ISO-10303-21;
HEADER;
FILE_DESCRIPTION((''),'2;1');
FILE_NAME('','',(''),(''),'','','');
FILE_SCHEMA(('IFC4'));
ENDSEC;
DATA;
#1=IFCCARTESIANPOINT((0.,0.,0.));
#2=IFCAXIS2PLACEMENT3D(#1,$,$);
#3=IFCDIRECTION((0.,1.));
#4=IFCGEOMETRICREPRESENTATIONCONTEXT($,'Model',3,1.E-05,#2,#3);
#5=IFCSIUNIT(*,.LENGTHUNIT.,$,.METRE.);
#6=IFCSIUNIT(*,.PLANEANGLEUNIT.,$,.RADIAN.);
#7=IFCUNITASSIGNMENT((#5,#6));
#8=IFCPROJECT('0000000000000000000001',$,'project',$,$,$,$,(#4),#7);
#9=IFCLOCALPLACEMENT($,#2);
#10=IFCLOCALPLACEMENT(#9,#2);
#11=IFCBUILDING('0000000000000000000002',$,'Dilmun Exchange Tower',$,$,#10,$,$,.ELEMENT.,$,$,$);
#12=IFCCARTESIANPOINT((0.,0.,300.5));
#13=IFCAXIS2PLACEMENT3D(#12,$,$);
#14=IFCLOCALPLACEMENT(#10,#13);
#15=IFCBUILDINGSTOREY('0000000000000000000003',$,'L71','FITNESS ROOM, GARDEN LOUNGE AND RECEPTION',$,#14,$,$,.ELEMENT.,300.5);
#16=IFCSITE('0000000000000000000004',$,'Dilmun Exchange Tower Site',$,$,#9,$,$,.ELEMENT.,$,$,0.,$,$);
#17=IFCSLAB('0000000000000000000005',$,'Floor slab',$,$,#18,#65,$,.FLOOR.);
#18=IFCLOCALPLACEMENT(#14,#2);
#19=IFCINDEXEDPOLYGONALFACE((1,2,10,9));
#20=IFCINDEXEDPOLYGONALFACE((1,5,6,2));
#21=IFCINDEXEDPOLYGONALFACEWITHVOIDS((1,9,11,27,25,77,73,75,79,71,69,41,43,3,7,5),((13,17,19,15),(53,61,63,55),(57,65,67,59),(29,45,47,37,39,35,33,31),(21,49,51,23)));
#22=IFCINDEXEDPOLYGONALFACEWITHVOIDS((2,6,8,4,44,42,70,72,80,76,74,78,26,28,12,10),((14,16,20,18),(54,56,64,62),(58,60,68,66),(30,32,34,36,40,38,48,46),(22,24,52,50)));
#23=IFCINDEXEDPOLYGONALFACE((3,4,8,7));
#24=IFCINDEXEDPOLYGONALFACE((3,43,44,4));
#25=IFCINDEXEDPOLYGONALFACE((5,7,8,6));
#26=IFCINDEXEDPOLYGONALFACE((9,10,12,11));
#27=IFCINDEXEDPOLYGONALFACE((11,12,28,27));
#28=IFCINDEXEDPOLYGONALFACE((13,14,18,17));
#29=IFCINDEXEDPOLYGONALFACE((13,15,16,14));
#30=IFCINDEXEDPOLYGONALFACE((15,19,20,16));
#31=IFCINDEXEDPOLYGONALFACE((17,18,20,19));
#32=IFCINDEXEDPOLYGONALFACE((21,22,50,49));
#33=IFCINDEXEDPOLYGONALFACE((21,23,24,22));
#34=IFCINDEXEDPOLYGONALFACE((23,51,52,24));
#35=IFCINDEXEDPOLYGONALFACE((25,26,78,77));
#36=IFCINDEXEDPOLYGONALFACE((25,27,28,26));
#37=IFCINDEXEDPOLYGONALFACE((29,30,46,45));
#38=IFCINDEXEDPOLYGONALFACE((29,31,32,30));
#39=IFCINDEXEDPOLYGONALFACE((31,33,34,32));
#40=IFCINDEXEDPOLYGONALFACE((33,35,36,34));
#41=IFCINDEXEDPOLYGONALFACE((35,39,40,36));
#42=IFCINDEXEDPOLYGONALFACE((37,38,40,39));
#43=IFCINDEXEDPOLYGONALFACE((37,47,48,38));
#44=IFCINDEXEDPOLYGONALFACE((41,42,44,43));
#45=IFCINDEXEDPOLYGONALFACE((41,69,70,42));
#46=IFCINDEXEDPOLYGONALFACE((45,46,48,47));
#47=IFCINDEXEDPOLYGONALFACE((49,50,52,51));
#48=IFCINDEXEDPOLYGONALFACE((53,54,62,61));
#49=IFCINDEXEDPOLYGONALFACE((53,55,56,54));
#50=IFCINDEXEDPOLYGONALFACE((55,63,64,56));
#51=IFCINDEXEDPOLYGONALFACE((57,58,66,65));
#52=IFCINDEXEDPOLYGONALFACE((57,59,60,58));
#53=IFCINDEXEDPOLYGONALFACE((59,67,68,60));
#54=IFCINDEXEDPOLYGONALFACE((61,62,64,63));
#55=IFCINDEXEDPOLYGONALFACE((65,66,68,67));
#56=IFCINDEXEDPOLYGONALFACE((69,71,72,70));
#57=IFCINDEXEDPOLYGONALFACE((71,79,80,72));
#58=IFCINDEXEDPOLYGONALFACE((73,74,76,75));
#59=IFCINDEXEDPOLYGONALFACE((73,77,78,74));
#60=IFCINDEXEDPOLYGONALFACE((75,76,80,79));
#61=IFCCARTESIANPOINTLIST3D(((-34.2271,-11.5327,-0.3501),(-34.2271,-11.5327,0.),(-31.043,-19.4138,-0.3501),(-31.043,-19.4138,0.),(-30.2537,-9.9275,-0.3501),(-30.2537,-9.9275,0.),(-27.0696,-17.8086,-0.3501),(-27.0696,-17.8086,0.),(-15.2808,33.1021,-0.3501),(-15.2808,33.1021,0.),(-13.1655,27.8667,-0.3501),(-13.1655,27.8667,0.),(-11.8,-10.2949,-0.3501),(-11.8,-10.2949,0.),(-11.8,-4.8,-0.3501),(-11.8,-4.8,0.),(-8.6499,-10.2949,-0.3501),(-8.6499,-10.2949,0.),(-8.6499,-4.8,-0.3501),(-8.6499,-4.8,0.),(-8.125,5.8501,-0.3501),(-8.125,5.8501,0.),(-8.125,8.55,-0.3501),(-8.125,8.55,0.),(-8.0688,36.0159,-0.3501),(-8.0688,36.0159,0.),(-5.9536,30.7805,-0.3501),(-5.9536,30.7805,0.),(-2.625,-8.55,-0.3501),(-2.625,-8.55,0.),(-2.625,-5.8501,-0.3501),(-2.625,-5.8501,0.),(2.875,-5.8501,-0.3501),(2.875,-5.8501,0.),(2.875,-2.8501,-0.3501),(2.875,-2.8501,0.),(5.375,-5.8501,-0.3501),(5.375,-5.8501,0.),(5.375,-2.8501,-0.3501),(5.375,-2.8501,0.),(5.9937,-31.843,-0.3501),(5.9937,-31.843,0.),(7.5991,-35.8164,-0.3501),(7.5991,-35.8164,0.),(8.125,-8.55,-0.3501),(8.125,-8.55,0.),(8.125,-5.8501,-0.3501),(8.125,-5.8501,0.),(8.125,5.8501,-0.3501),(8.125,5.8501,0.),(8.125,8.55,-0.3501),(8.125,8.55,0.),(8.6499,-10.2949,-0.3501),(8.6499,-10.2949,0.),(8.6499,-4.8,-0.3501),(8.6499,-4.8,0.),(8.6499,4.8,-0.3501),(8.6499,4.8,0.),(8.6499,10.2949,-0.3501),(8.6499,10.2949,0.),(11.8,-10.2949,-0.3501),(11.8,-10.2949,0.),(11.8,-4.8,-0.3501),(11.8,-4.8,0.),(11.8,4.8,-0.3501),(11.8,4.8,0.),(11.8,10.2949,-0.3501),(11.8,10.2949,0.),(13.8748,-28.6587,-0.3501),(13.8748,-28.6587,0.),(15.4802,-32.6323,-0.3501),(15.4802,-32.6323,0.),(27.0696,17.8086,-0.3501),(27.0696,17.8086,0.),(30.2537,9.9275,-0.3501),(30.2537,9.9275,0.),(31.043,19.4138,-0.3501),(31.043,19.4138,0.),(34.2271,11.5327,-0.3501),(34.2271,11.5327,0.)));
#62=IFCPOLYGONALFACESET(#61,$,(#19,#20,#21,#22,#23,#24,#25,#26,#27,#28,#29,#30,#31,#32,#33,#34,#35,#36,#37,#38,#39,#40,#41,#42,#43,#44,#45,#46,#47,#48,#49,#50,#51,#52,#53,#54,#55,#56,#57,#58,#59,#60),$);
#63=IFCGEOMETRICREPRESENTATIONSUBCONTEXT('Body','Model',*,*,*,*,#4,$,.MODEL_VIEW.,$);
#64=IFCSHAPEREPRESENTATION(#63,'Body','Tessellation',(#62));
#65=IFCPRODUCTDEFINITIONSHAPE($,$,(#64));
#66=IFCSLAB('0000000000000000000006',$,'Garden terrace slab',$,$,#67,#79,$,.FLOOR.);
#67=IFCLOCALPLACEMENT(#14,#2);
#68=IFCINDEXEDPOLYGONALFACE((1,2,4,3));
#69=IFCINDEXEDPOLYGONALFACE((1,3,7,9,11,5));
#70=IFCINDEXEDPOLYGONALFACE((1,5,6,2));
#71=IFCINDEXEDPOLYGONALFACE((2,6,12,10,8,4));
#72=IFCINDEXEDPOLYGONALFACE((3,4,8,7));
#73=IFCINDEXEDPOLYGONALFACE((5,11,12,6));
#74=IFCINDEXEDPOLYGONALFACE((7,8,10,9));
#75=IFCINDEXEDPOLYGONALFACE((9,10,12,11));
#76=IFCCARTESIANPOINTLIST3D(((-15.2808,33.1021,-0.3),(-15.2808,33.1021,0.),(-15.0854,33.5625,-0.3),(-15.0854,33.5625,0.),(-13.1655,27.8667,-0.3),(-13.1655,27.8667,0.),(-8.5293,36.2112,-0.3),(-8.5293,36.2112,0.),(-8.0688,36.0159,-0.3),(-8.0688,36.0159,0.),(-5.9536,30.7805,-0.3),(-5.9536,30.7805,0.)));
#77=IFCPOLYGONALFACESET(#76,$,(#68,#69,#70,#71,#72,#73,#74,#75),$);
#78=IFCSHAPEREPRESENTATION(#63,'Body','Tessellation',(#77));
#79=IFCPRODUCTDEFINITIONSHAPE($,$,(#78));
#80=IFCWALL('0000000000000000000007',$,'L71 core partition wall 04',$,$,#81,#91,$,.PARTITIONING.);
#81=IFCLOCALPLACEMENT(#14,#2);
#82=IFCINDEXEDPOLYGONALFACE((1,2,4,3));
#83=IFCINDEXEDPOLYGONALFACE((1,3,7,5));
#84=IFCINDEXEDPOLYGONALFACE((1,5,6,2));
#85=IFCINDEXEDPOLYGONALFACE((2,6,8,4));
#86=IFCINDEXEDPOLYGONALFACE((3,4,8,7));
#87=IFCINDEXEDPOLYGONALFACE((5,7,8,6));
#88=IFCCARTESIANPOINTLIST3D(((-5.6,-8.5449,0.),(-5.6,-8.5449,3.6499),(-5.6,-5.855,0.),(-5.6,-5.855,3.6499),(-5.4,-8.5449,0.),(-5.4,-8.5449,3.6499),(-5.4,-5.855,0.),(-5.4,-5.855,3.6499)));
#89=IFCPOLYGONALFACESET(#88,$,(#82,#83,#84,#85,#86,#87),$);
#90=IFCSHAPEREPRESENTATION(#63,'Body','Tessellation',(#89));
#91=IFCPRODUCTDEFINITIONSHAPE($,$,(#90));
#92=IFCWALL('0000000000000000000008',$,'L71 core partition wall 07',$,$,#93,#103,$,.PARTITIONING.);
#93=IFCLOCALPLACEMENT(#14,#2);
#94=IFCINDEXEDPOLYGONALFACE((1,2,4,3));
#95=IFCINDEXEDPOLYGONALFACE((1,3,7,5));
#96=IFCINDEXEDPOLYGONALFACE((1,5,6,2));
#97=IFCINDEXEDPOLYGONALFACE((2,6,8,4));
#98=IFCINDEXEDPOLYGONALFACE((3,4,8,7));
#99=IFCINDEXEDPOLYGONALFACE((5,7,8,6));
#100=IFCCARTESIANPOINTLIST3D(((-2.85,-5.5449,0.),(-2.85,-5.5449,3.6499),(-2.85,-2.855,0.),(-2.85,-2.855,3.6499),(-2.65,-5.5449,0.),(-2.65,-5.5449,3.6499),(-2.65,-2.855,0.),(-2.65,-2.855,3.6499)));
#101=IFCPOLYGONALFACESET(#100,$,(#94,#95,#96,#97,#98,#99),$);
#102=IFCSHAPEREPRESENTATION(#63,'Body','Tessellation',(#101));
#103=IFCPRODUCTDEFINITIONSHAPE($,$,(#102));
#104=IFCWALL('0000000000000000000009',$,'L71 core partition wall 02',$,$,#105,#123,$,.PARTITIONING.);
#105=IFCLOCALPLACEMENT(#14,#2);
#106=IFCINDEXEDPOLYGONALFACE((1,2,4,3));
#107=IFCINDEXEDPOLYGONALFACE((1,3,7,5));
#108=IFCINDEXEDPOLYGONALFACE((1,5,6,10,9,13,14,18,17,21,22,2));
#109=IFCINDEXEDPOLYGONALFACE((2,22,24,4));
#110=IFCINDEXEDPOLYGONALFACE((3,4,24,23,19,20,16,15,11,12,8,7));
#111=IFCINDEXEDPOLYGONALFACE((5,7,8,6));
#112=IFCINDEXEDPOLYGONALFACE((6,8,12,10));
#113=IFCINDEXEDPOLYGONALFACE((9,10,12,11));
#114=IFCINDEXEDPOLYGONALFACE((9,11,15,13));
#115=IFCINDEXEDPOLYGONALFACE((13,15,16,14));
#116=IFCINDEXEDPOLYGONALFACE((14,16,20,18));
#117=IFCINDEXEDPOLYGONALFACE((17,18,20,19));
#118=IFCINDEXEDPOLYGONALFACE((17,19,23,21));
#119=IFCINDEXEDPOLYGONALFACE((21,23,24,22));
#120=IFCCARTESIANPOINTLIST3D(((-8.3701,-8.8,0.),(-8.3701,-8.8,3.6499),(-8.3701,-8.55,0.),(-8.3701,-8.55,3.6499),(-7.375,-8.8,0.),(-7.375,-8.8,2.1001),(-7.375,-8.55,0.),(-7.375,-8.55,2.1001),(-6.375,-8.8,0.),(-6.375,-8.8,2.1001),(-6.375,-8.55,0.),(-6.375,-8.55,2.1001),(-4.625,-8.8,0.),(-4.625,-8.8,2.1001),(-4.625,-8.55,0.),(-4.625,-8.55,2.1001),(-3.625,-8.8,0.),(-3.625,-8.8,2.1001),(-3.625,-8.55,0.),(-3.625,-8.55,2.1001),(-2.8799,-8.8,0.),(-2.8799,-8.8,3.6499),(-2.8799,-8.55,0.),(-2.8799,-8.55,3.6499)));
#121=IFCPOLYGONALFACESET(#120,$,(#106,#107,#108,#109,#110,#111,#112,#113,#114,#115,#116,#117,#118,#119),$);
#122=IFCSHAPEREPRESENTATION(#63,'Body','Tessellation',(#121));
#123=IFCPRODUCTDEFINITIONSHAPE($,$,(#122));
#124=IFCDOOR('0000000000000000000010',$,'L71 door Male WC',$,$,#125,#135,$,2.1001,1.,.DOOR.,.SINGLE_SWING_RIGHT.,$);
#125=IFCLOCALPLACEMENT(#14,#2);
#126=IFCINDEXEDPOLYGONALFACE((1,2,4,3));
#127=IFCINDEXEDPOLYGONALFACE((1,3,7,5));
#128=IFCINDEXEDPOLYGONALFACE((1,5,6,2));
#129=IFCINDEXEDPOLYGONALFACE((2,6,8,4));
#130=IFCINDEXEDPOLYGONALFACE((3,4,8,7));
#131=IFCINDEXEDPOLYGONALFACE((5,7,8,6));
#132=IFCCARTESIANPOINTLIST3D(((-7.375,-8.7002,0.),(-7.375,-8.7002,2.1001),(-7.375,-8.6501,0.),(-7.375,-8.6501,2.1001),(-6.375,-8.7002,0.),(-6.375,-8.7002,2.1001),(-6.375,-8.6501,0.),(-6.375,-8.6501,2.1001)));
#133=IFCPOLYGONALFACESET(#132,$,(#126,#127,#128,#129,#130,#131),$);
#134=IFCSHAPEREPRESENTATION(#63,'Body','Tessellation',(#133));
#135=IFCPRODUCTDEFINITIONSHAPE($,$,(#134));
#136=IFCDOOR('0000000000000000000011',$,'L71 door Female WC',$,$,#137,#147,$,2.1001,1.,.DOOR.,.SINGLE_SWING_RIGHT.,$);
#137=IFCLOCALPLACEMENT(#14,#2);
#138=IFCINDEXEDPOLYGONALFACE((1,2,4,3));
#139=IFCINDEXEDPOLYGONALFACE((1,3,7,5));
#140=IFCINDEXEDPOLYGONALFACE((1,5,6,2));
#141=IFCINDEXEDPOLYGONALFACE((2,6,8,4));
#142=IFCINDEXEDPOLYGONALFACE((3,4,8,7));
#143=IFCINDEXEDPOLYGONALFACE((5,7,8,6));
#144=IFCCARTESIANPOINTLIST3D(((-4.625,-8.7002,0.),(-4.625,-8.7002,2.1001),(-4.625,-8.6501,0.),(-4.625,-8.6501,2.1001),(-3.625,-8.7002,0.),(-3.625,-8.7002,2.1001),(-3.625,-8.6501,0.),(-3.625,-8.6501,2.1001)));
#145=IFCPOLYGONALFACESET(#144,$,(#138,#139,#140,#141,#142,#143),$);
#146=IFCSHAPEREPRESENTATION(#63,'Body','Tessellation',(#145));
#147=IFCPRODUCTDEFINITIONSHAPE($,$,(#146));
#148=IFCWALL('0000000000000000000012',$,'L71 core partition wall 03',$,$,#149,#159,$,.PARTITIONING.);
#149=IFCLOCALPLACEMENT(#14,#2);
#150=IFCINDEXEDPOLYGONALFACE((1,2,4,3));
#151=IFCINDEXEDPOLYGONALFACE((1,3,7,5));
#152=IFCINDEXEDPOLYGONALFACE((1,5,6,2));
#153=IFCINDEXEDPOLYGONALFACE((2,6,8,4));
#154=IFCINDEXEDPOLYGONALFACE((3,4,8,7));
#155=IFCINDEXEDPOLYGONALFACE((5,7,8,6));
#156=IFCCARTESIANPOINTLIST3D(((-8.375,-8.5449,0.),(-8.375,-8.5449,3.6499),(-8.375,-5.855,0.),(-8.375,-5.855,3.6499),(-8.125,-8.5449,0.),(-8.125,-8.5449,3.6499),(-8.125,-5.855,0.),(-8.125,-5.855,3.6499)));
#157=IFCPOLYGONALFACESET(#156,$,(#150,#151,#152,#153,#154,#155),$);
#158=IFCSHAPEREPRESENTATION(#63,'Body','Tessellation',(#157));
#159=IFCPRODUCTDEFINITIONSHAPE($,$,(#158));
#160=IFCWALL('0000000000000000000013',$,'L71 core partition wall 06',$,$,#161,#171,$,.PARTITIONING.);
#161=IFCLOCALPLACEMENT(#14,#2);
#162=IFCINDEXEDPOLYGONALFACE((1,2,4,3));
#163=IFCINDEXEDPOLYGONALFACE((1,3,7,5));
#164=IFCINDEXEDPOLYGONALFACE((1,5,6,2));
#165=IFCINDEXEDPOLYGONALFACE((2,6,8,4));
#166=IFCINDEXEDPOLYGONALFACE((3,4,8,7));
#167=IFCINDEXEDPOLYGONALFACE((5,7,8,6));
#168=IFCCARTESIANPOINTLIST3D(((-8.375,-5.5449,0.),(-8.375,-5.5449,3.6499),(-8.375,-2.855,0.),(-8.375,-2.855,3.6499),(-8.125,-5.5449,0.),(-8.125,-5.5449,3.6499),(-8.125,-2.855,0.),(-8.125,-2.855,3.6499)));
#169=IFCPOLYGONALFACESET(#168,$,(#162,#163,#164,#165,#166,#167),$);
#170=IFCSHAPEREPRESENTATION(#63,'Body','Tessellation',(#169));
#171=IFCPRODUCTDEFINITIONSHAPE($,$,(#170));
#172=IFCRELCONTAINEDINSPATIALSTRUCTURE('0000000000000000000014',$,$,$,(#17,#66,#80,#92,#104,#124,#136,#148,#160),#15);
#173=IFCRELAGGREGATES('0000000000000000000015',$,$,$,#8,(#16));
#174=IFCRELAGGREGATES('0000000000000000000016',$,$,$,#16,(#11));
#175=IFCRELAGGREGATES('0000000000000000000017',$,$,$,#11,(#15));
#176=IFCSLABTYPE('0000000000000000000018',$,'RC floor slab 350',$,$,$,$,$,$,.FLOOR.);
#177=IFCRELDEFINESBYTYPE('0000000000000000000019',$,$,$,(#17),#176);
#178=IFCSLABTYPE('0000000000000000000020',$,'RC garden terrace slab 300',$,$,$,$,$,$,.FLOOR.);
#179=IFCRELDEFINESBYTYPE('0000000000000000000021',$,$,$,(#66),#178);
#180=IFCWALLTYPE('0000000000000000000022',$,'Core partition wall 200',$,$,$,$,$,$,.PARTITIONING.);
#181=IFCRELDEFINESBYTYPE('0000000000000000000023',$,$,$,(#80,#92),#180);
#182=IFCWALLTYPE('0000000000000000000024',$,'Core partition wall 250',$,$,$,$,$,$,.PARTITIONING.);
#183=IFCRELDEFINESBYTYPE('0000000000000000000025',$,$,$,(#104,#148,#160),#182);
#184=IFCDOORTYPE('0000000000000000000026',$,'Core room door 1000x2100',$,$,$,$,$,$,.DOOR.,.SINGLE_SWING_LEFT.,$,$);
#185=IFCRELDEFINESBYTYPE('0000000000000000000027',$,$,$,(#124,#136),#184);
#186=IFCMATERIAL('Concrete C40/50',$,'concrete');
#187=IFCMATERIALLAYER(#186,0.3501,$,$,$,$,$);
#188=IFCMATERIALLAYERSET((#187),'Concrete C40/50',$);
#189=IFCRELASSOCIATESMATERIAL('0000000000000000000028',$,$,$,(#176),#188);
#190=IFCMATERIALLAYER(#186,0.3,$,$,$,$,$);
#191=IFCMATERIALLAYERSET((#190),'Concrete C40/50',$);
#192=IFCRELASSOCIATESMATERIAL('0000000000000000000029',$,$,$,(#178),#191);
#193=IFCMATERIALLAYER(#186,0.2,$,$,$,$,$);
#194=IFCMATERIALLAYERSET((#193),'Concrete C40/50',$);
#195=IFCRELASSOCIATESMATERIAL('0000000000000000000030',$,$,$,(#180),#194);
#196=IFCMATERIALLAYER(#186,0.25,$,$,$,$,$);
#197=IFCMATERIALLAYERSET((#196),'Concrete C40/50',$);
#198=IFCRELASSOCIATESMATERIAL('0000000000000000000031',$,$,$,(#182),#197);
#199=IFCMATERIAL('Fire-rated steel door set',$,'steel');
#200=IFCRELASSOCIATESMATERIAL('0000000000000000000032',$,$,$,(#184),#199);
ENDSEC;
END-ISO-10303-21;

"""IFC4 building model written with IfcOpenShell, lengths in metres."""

from ifc_helpers import new_model, si_unit, direction, frame, frame_2d, origin, place, context, subcontext, project, spatial, polyline, rectangle, outline, extrude, material, layer, layer_set, type_object, element, fill, save


model = new_model("IFC4")

# Units and contexts
model_context = context("Model", 3, precision=1e-05, world=origin(), true_north=direction((0.0, 1.0)))
body_context = subcontext(model_context, "Body", "Model", "MODEL_VIEW")
ifc_project = project(units=[si_unit("LENGTHUNIT", "METRE"), si_unit("PLANEANGLEUNIT", "RADIAN")], contexts=[model_context])

# Site, building, storey
site_placement = place(None, origin())
site = spatial("IfcSite", under=ifc_project, at=site_placement, Name="Dilmun Exchange Tower Site", CompositionType="ELEMENT", RefElevation=0.0)
building_placement = place(site_placement, origin())
building = spatial("IfcBuilding", under=site, at=building_placement, Name="Dilmun Exchange Tower", CompositionType="ELEMENT")
storey_placement = place(building_placement, frame((0.0, 0.0, 300.5)))
storey = spatial("IfcBuildingStorey", under=building, at=storey_placement, Name="L71", Description="FITNESS ROOM, GARDEN LOUNGE AND RECEPTION", CompositionType="ELEMENT", Elevation=300.5)

# Slabs
ifc_material_1 = material(Name="Concrete C40/50", Category="concrete")
ifc_layer_1 = layer(ifc_material_1, 0.3501)
ifc_layer_set_1 = layer_set([ifc_layer_1], Name="Concrete C40/50")
slab_type_1 = type_object("IfcSlabType", Name="RC floor slab 350", PredefinedType="FLOOR", material=ifc_layer_set_1)
slab_1_placement = place(storey_placement, frame((0.0, 0.0, -0.3501)))
element("IfcSlab", 1, at=slab_1_placement, inside=storey, type_object=slab_type_1, Name="Floor slab", PredefinedType="FLOOR", context=body_context, shape_type="SweptSolid", body=[
    extrude(outline(polyline([(27.0696, 17.8086), (30.2537, 9.9275), (34.2271, 11.5327), (15.4802, -32.6323), (13.8748, -28.6587), (5.9937, -31.843), (7.5991, -35.8164), (-31.043, -19.4138), (-27.0696, -17.8086), (-30.2537, -9.9275), (-34.2271, -11.5327), (-15.2808, 33.1021), (-13.1655, 27.8667), (-5.9536, 30.7805), (-8.0688, 36.0159), (31.043, 19.4138), (27.0696, 17.8086)]), holes=[polyline([(-8.6499, -4.8), (-11.8, -4.8), (-11.8, -10.2949), (-8.6499, -10.2949), (-8.6499, -4.8)]), polyline([(11.8, -4.8), (8.6499, -4.8), (8.6499, -10.2949), (11.8, -10.2949), (11.8, -4.8)]), polyline([(2.875, -5.8501), (-2.625, -5.8501), (-2.625, -8.55), (8.125, -8.55), (8.125, -5.8501), (5.375, -5.8501), (5.375, -2.8501), (2.875, -2.8501), (2.875, -5.8501)]), polyline([(8.125, 5.8501), (8.125, 8.55), (-8.125, 8.55), (-8.125, 5.8501), (8.125, 5.8501)]), polyline([(8.6499, 10.2949), (8.6499, 4.8), (11.8, 4.8), (11.8, 10.2949), (8.6499, 10.2949)])]), origin(), (0.0, 0.0, 1.0), 0.3501),
])
ifc_layer_2 = layer(ifc_material_1, 0.3)
ifc_layer_set_2 = layer_set([ifc_layer_2], Name="Concrete C40/50")
slab_type_2 = type_object("IfcSlabType", Name="RC garden terrace slab 300", PredefinedType="FLOOR", material=ifc_layer_set_2)
slab_2_placement = place(storey_placement, frame((0.0, 0.0, -0.3)))
element("IfcSlab", 2, at=slab_2_placement, inside=storey, type_object=slab_type_2, Name="Garden terrace slab", PredefinedType="FLOOR", context=body_context, shape_type="SweptSolid", body=[
    extrude(outline(polyline([(-13.1655, 27.8667), (-15.2808, 33.1021), (-15.0854, 33.5625), (-8.5293, 36.2112), (-8.0688, 36.0159), (-5.9536, 30.7805), (-13.1655, 27.8667)])), origin(), (0.0, 0.0, 1.0), 0.3),
])

# Walls
ifc_layer_3 = layer(ifc_material_1, 0.2)
ifc_layer_set_3 = layer_set([ifc_layer_3], Name="Concrete C40/50")
wall_type_1 = type_object("IfcWallType", Name="Core partition wall 200", PredefinedType="PARTITIONING", material=ifc_layer_set_3)
for number, where, z_axis, x_axis, name in (
    (3, (-5.5, -8.5449, 0.0), (0.0, 0.0, 1.0), (0.0, 1.0, 0.0), "L71 core partition wall 04"),
    (4, (-2.75, -5.5449, 0.0), (0.0, 0.0, 1.0), (0.0, 1.0, 0.0), "L71 core partition wall 07"),
):
    element("IfcWall", number, at=place(storey_placement, frame(where, z_axis=z_axis, x_axis=x_axis)), inside=storey, type_object=wall_type_1, Name=name, PredefinedType="PARTITIONING", context=body_context, shape_type="SweptSolid", body=[
        extrude(rectangle(XDim=2.6899, YDim=0.2, at=frame_2d((1.345, 0.0))), origin(), (0.0, 0.0, 1.0), 3.6499),
    ])

# Shared definitions
ifc_material_2 = material(Name="Fire-rated steel door set", Category="steel")

# Wall, openings, doors
ifc_layer_4 = layer(ifc_material_1, 0.25)
ifc_layer_set_4 = layer_set([ifc_layer_4], Name="Concrete C40/50")
wall_type_2 = type_object("IfcWallType", Name="Core partition wall 250", PredefinedType="PARTITIONING", material=ifc_layer_set_4)
wall_1_placement = place(storey_placement, frame((-8.3701, -8.675, 0.0), z_axis=(0.0, 0.0, 1.0), x_axis=(1.0, 0.0, 0.0)))
wall_1 = element("IfcWall", 5, at=wall_1_placement, inside=storey, type_object=wall_type_2, Name="L71 core partition wall 02", PredefinedType="PARTITIONING", context=body_context, shape_type="SweptSolid", body=[
    extrude(rectangle(XDim=5.4902, YDim=0.25, at=frame_2d((2.7451, 0.0))), origin(), (0.0, 0.0, 1.0), 3.6499),
])
opening_1_placement = place(wall_1_placement, frame((0.9951, 0.0, 0.0)))
opening_1 = element("IfcOpeningElement", 6, at=opening_1_placement, cuts=wall_1, PredefinedType="OPENING", context=body_context, shape_type="SweptSolid", body=[
    extrude(rectangle(XDim=1.0, YDim=2.1001, at=frame_2d((0.5, 1.05))), frame((0.0, 0.135, 0.0), z_axis=(0.0, -1.0, 0.0), x_axis=(1.0, 0.0, 0.0)), (0.0, 0.0, 1.0), 0.27),
])
opening_2_placement = place(wall_1_placement, frame((3.7451, 0.0, 0.0)))
opening_2 = element("IfcOpeningElement", 7, at=opening_2_placement, cuts=wall_1, PredefinedType="OPENING", context=body_context, shape_type="SweptSolid", body=[
    extrude(rectangle(XDim=1.0, YDim=2.1001, at=frame_2d((0.5, 1.05))), frame((0.0, 0.135, 0.0), z_axis=(0.0, -1.0, 0.0), x_axis=(1.0, 0.0, 0.0)), (0.0, 0.0, 1.0), 0.27),
])
door_type_1 = type_object("IfcDoorType", Name="Core room door 1000x2100", OperationType="SINGLE_SWING_LEFT", PredefinedType="DOOR", material=ifc_material_2)
door_1_placement = place(opening_1_placement, origin())
door_1 = element("IfcDoor", 8, at=door_1_placement, inside=storey, type_object=door_type_1, Name="L71 door Male WC", OperationType="SINGLE_SWING_RIGHT", OverallHeight=2.1001, OverallWidth=1.0, PredefinedType="DOOR", context=body_context, shape_type="SweptSolid", body=[
    extrude(rectangle(XDim=1.0, YDim=2.1001, at=frame_2d((0.5, 1.05))), frame((0.0, 0.0249, 0.0), z_axis=(0.0, -1.0, 0.0), x_axis=(1.0, 0.0, 0.0)), (0.0, 0.0, 1.0), 0.05),
])
fill(opening_1, door_1)
door_2_placement = place(opening_2_placement, origin())
door_2 = element("IfcDoor", 9, at=door_2_placement, inside=storey, type_object=door_type_1, Name="L71 door Female WC", OperationType="SINGLE_SWING_RIGHT", OverallHeight=2.1001, OverallWidth=1.0, PredefinedType="DOOR", context=body_context, shape_type="SweptSolid", body=[
    extrude(rectangle(XDim=1.0, YDim=2.1001, at=frame_2d((0.5, 1.05))), frame((0.0, 0.0249, 0.0), z_axis=(0.0, -1.0, 0.0), x_axis=(1.0, 0.0, 0.0)), (0.0, 0.0, 1.0), 0.05),
])
fill(opening_2, door_2)

# Walls
for number, where, z_axis, x_axis, name in (
    (10, (-8.25, -8.5449, 0.0), (0.0, 0.0, 1.0), (0.0, 1.0, 0.0), "L71 core partition wall 03"),
    (11, (-8.25, -5.5449, 0.0), (0.0, 0.0, 1.0), (0.0, 1.0, 0.0), "L71 core partition wall 06"),
):
    element("IfcWall", number, at=place(storey_placement, frame(where, z_axis=z_axis, x_axis=x_axis)), inside=storey, type_object=wall_type_2, Name=name, PredefinedType="PARTITIONING", context=body_context, shape_type="SweptSolid", body=[
        extrude(rectangle(XDim=2.6899, YDim=0.25, at=frame_2d((1.345, 0.0))), origin(), (0.0, 0.0, 1.0), 3.6499),
    ])

save(model, "model.ifc")
